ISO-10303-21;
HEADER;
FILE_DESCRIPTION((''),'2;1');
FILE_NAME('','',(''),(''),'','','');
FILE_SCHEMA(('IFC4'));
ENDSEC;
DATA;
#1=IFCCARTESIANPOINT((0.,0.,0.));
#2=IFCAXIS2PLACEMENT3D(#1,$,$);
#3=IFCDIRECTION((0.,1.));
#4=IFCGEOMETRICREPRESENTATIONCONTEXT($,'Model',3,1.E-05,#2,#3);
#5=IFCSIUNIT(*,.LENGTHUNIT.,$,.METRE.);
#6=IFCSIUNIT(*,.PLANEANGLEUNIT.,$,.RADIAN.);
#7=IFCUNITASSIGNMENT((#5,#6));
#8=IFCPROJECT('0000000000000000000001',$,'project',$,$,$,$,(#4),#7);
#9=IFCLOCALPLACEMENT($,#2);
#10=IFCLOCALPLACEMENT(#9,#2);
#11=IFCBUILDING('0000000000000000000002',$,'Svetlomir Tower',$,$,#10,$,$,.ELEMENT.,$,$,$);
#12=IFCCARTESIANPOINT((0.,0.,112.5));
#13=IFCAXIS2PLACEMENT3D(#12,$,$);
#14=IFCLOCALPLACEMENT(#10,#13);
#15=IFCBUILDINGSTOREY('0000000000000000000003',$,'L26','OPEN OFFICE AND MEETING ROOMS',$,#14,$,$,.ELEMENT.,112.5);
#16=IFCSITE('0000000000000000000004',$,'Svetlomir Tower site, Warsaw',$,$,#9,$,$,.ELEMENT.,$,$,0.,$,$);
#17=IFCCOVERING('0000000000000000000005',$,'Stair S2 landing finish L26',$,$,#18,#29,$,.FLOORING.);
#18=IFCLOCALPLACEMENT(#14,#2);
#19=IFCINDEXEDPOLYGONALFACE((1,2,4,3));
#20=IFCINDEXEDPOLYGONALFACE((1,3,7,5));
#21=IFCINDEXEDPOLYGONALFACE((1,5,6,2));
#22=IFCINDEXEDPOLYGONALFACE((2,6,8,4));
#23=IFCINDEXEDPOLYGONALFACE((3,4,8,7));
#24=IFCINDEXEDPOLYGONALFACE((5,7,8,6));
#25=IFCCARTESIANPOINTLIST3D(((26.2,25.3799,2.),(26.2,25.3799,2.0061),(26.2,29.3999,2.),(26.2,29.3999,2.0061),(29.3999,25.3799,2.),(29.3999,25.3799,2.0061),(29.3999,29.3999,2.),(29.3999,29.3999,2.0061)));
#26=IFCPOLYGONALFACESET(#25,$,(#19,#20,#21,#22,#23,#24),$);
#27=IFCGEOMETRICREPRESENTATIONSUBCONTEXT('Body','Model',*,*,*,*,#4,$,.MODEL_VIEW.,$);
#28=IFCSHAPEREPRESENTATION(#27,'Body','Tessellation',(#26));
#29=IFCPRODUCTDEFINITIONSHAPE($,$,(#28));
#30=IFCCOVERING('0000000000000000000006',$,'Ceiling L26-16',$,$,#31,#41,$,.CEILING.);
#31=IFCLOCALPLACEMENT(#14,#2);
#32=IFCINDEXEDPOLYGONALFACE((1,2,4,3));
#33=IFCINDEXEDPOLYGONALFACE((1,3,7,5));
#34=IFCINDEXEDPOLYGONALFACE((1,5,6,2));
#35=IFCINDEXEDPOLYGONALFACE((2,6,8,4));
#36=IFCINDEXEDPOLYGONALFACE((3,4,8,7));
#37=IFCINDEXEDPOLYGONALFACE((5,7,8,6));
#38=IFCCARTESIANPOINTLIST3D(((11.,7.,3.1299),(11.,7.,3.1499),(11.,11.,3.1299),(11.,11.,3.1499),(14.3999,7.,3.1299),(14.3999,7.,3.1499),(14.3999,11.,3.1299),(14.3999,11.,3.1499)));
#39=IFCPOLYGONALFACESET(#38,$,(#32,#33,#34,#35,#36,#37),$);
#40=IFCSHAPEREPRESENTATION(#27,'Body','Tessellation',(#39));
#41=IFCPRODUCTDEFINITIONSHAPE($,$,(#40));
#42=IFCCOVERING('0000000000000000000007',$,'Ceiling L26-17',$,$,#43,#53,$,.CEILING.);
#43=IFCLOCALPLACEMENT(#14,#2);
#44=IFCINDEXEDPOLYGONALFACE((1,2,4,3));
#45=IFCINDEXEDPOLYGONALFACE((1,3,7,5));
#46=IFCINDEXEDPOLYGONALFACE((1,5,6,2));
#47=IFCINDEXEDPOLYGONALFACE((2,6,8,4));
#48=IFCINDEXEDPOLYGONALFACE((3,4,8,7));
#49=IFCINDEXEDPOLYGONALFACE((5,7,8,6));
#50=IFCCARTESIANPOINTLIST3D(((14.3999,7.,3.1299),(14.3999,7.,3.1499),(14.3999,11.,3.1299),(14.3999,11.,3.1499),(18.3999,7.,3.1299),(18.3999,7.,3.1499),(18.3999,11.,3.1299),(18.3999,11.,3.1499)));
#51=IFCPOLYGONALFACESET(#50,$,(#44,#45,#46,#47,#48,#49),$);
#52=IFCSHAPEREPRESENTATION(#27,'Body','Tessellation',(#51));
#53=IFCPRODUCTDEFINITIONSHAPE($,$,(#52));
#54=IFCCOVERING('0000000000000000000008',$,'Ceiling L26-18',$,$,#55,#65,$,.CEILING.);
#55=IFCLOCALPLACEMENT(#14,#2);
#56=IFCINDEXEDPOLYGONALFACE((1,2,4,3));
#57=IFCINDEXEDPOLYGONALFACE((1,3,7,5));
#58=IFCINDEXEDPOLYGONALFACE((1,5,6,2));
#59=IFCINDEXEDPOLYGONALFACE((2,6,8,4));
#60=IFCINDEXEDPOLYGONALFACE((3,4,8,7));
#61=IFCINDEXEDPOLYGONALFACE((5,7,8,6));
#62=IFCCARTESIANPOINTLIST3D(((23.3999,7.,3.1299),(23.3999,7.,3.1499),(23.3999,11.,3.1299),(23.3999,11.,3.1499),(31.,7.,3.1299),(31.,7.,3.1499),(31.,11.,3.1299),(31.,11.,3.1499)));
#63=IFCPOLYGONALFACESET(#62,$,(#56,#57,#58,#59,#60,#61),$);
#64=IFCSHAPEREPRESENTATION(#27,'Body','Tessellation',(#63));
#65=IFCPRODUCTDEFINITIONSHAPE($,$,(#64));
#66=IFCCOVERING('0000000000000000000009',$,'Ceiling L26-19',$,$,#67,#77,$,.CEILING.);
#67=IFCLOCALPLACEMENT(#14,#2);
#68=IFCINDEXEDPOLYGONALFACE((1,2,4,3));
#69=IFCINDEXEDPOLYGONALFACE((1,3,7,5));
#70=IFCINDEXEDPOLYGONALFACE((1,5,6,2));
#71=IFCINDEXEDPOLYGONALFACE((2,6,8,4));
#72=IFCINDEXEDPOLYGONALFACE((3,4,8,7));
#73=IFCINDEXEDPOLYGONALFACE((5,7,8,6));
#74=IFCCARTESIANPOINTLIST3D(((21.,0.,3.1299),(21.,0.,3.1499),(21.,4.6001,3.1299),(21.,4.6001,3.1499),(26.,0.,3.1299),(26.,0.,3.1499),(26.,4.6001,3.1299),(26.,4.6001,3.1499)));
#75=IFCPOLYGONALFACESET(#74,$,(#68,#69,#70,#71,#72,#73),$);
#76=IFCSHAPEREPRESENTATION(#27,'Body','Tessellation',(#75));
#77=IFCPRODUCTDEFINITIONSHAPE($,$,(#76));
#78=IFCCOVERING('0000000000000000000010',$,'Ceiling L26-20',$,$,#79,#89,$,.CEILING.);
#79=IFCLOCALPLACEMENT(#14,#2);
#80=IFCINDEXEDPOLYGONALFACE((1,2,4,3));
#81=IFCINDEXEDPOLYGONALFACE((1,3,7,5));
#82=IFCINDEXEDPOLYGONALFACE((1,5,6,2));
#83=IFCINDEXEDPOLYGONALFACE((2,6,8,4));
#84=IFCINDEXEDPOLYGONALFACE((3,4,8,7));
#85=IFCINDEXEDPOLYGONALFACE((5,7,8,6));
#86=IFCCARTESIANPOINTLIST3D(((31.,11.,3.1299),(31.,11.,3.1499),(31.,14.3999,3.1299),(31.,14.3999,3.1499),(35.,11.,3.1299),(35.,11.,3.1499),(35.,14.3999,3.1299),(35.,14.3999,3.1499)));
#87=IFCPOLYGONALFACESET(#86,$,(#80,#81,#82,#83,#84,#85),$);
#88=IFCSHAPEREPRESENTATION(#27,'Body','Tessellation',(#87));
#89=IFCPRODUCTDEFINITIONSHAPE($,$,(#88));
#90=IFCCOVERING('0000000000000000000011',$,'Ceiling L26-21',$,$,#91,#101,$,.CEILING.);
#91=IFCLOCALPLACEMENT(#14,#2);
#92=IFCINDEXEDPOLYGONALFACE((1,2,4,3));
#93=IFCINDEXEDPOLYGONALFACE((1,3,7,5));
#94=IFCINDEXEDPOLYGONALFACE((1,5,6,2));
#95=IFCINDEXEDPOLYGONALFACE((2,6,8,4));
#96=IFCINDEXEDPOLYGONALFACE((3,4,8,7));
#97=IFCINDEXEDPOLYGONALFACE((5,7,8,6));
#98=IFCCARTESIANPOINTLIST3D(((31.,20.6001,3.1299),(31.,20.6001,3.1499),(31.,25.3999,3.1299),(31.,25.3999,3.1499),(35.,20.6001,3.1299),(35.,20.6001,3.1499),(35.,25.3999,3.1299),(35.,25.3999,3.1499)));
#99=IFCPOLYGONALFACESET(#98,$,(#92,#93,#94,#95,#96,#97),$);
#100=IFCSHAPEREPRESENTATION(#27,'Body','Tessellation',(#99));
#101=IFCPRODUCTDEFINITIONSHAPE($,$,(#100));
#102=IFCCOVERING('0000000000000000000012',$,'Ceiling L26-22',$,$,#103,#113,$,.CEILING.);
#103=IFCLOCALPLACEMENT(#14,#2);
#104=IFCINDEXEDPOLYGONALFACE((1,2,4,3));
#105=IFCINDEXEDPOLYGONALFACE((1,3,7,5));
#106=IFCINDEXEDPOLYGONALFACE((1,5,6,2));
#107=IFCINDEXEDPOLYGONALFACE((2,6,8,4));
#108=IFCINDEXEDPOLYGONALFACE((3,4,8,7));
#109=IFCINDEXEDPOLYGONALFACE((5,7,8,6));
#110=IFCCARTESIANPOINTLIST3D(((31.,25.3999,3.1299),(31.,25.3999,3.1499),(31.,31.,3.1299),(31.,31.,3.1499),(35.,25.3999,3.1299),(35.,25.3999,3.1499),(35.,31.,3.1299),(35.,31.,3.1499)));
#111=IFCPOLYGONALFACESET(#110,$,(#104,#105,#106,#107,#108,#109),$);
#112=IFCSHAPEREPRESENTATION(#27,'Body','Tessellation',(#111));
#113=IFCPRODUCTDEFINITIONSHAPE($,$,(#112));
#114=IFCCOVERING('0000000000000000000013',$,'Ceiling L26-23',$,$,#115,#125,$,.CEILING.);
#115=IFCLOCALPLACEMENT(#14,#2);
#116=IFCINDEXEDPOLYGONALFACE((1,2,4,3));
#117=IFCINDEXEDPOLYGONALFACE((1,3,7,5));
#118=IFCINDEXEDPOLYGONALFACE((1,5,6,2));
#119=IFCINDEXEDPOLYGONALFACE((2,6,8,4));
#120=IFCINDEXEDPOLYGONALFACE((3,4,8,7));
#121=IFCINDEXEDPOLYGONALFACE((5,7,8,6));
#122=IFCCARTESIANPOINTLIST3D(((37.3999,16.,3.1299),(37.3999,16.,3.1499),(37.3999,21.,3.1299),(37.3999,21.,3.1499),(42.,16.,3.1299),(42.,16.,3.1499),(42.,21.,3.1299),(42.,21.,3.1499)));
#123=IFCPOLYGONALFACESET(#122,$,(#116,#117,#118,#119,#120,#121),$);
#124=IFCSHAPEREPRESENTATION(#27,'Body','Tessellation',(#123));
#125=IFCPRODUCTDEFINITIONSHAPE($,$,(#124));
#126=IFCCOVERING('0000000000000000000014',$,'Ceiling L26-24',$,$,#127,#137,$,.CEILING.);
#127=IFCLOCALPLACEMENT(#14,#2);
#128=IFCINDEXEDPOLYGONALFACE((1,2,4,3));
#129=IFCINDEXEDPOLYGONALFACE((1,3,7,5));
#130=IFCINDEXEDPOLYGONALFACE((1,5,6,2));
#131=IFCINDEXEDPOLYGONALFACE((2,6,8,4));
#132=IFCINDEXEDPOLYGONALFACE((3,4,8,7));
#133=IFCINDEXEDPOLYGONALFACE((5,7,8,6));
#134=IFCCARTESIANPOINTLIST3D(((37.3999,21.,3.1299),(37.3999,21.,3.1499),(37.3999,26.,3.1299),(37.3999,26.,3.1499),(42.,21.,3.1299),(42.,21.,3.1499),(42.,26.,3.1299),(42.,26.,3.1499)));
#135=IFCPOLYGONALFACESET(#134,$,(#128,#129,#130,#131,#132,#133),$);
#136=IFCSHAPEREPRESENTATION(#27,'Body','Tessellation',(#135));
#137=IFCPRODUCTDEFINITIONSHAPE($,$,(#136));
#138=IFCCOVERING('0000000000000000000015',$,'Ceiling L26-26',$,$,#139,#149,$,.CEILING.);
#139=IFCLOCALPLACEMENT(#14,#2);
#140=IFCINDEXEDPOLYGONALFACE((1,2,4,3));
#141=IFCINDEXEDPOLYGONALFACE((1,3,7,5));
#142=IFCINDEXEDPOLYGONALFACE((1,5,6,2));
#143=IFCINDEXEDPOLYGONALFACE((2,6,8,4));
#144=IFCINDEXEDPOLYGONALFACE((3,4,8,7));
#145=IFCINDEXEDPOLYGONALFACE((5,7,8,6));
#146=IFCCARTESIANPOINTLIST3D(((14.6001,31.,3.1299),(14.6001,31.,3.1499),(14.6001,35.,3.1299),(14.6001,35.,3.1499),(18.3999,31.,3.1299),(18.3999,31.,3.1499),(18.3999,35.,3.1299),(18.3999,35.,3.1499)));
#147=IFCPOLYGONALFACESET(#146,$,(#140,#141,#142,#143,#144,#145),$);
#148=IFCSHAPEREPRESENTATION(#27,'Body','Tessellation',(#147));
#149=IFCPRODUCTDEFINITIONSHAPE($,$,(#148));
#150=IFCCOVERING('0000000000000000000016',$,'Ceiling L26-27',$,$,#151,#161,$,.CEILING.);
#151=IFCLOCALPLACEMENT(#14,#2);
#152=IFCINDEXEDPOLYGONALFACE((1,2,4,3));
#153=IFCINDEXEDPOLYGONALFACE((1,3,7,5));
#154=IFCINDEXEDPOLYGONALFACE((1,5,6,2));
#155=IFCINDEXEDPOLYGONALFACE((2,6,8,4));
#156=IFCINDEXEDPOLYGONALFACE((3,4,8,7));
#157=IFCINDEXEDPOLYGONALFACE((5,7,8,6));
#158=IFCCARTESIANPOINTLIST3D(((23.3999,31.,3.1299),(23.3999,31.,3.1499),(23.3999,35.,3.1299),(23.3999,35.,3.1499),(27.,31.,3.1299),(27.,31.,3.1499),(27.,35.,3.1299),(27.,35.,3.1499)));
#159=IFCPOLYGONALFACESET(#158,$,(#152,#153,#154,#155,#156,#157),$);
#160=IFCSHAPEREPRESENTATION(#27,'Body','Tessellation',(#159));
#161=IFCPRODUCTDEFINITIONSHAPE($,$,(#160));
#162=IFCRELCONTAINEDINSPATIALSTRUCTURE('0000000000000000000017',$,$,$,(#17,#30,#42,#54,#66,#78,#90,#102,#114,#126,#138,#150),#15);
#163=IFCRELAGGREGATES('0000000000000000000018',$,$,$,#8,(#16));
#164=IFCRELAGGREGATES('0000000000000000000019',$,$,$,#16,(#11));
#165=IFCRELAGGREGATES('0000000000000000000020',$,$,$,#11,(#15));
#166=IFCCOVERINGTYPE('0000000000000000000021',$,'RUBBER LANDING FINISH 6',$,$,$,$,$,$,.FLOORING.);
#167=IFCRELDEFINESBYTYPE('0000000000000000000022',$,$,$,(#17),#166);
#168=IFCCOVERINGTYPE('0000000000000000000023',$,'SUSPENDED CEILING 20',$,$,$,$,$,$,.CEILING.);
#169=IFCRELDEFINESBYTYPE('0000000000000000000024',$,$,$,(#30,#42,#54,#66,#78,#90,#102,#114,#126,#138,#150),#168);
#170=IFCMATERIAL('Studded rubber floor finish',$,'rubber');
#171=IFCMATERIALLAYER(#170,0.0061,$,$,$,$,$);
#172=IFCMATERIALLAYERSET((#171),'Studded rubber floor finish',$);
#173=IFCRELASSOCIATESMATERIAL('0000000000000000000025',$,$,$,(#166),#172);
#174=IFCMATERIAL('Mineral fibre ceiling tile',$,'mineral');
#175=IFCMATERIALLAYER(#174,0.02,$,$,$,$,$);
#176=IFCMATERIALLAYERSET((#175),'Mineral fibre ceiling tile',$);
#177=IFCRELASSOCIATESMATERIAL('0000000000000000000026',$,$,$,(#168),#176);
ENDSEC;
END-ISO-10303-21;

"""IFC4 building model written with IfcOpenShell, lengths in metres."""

from ifc_helpers import new_model, si_unit, direction, frame, origin, place, context, subcontext, project, spatial, polyline, outline, extrude, material, layer, layer_set, type_object, element, save


model = new_model("IFC4")

# Units and contexts
model_context = context("Model", 3, precision=1e-05, world=origin(), true_north=direction((0.0, 1.0)))
body_context = subcontext(model_context, "Body", "Model", "MODEL_VIEW")
ifc_project = project(units=[si_unit("LENGTHUNIT", "METRE"), si_unit("PLANEANGLEUNIT", "RADIAN")], contexts=[model_context])

# Site, building, storey
site_placement = place(None, origin())
site = spatial("IfcSite", under=ifc_project, at=site_placement, Name="Svetlomir Tower site, Warsaw", CompositionType="ELEMENT", RefElevation=0.0)
building_placement = place(site_placement, origin())
building = spatial("IfcBuilding", under=site, at=building_placement, Name="Svetlomir Tower", CompositionType="ELEMENT")
storey_placement = place(building_placement, frame((0.0, 0.0, 112.5)))
storey = spatial("IfcBuildingStorey", under=building, at=storey_placement, Name="L26", Description="OPEN OFFICE AND MEETING ROOMS", CompositionType="ELEMENT", Elevation=112.5)

# Coverings
ifc_material_1 = material(Name="Studded rubber floor finish", Category="rubber")
ifc_layer_1 = layer(ifc_material_1, 0.0061)
ifc_layer_set_1 = layer_set([ifc_layer_1], Name="Studded rubber floor finish")
covering_type_1 = type_object("IfcCoveringType", Name="RUBBER LANDING FINISH 6", PredefinedType="FLOORING", material=ifc_layer_set_1)
covering_1_placement = place(storey_placement, frame((0.0, 0.0, 2.0)))
element("IfcCovering", 1, at=covering_1_placement, inside=storey, type_object=covering_type_1, Name="Stair S2 landing finish L26", PredefinedType="FLOORING", context=body_context, shape_type="SweptSolid", body=[
    extrude(outline(polyline([(26.2, 25.3799), (29.3999, 25.3799), (29.3999, 29.3999), (26.2, 29.3999), (26.2, 25.3799)])), origin(), (0.0, 0.0, 1.0), 0.0061),
])
ifc_material_2 = material(Name="Mineral fibre ceiling tile", Category="mineral")
ifc_layer_2 = layer(ifc_material_2, 0.02)
ifc_layer_set_2 = layer_set([ifc_layer_2], Name="Mineral fibre ceiling tile")
covering_type_2 = type_object("IfcCoveringType", Name="SUSPENDED CEILING 20", PredefinedType="CEILING", material=ifc_layer_set_2)
covering_2_placement = place(storey_placement, frame((0.0, 0.0, 3.1299)))
element("IfcCovering", 2, at=covering_2_placement, inside=storey, type_object=covering_type_2, Name="Ceiling L26-16", PredefinedType="CEILING", context=body_context, shape_type="SweptSolid", body=[
    extrude(outline(polyline([(11.0, 7.0), (14.3999, 7.0), (14.3999, 11.0), (11.0, 11.0), (11.0, 7.0)])), origin(), (0.0, 0.0, 1.0), 0.02),
])
covering_3_placement = place(storey_placement, frame((0.0, 0.0, 3.1299)))
element("IfcCovering", 3, at=covering_3_placement, inside=storey, type_object=covering_type_2, Name="Ceiling L26-17", PredefinedType="CEILING", context=body_context, shape_type="SweptSolid", body=[
    extrude(outline(polyline([(14.3999, 7.0), (18.3999, 7.0), (18.3999, 11.0), (14.3999, 11.0), (14.3999, 7.0)])), origin(), (0.0, 0.0, 1.0), 0.02),
])
covering_4_placement = place(storey_placement, frame((0.0, 0.0, 3.1299)))
element("IfcCovering", 4, at=covering_4_placement, inside=storey, type_object=covering_type_2, Name="Ceiling L26-18", PredefinedType="CEILING", context=body_context, shape_type="SweptSolid", body=[
    extrude(outline(polyline([(23.3999, 7.0), (31.0, 7.0), (31.0, 11.0), (23.3999, 11.0), (23.3999, 7.0)])), origin(), (0.0, 0.0, 1.0), 0.02),
])
covering_5_placement = place(storey_placement, frame((0.0, 0.0, 3.1299)))
element("IfcCovering", 5, at=covering_5_placement, inside=storey, type_object=covering_type_2, Name="Ceiling L26-19", PredefinedType="CEILING", context=body_context, shape_type="SweptSolid", body=[
    extrude(outline(polyline([(21.0, 0.0), (26.0, 0.0), (26.0, 4.6001), (21.0, 4.6001), (21.0, 0.0)])), origin(), (0.0, 0.0, 1.0), 0.02),
])
covering_6_placement = place(storey_placement, frame((0.0, 0.0, 3.1299)))
element("IfcCovering", 6, at=covering_6_placement, inside=storey, type_object=covering_type_2, Name="Ceiling L26-20", PredefinedType="CEILING", context=body_context, shape_type="SweptSolid", body=[
    extrude(outline(polyline([(31.0, 11.0), (35.0, 11.0), (35.0, 14.3999), (31.0, 14.3999), (31.0, 11.0)])), origin(), (0.0, 0.0, 1.0), 0.02),
])
covering_7_placement = place(storey_placement, frame((0.0, 0.0, 3.1299)))
element("IfcCovering", 7, at=covering_7_placement, inside=storey, type_object=covering_type_2, Name="Ceiling L26-21", PredefinedType="CEILING", context=body_context, shape_type="SweptSolid", body=[
    extrude(outline(polyline([(31.0, 20.6001), (35.0, 20.6001), (35.0, 25.3999), (31.0, 25.3999), (31.0, 20.6001)])), origin(), (0.0, 0.0, 1.0), 0.02),
])
covering_8_placement = place(storey_placement, frame((0.0, 0.0, 3.1299)))
element("IfcCovering", 8, at=covering_8_placement, inside=storey, type_object=covering_type_2, Name="Ceiling L26-22", PredefinedType="CEILING", context=body_context, shape_type="SweptSolid", body=[
    extrude(outline(polyline([(31.0, 25.3999), (35.0, 25.3999), (35.0, 31.0), (31.0, 31.0), (31.0, 25.3999)])), origin(), (0.0, 0.0, 1.0), 0.02),
])
covering_9_placement = place(storey_placement, frame((0.0, 0.0, 3.1299)))
element("IfcCovering", 9, at=covering_9_placement, inside=storey, type_object=covering_type_2, Name="Ceiling L26-23", PredefinedType="CEILING", context=body_context, shape_type="SweptSolid", body=[
    extrude(outline(polyline([(37.3999, 16.0), (42.0, 16.0), (42.0, 21.0), (37.3999, 21.0), (37.3999, 16.0)])), origin(), (0.0, 0.0, 1.0), 0.02),
])
covering_10_placement = place(storey_placement, frame((0.0, 0.0, 3.1299)))
element("IfcCovering", 10, at=covering_10_placement, inside=storey, type_object=covering_type_2, Name="Ceiling L26-24", PredefinedType="CEILING", context=body_context, shape_type="SweptSolid", body=[
    extrude(outline(polyline([(37.3999, 21.0), (42.0, 21.0), (42.0, 26.0), (37.3999, 26.0), (37.3999, 21.0)])), origin(), (0.0, 0.0, 1.0), 0.02),
])
covering_11_placement = place(storey_placement, frame((0.0, 0.0, 3.1299)))
element("IfcCovering", 11, at=covering_11_placement, inside=storey, type_object=covering_type_2, Name="Ceiling L26-26", PredefinedType="CEILING", context=body_context, shape_type="SweptSolid", body=[
    extrude(outline(polyline([(14.6001, 31.0), (18.3999, 31.0), (18.3999, 35.0), (14.6001, 35.0), (14.6001, 31.0)])), origin(), (0.0, 0.0, 1.0), 0.02),
])
covering_12_placement = place(storey_placement, frame((0.0, 0.0, 3.1299)))
element("IfcCovering", 12, at=covering_12_placement, inside=storey, type_object=covering_type_2, Name="Ceiling L26-27", PredefinedType="CEILING", context=body_context, shape_type="SweptSolid", body=[
    extrude(outline(polyline([(23.3999, 31.0), (27.0, 31.0), (27.0, 35.0), (23.3999, 35.0), (23.3999, 31.0)])), origin(), (0.0, 0.0, 1.0), 0.02),
])

save(model, "model.ifc")
